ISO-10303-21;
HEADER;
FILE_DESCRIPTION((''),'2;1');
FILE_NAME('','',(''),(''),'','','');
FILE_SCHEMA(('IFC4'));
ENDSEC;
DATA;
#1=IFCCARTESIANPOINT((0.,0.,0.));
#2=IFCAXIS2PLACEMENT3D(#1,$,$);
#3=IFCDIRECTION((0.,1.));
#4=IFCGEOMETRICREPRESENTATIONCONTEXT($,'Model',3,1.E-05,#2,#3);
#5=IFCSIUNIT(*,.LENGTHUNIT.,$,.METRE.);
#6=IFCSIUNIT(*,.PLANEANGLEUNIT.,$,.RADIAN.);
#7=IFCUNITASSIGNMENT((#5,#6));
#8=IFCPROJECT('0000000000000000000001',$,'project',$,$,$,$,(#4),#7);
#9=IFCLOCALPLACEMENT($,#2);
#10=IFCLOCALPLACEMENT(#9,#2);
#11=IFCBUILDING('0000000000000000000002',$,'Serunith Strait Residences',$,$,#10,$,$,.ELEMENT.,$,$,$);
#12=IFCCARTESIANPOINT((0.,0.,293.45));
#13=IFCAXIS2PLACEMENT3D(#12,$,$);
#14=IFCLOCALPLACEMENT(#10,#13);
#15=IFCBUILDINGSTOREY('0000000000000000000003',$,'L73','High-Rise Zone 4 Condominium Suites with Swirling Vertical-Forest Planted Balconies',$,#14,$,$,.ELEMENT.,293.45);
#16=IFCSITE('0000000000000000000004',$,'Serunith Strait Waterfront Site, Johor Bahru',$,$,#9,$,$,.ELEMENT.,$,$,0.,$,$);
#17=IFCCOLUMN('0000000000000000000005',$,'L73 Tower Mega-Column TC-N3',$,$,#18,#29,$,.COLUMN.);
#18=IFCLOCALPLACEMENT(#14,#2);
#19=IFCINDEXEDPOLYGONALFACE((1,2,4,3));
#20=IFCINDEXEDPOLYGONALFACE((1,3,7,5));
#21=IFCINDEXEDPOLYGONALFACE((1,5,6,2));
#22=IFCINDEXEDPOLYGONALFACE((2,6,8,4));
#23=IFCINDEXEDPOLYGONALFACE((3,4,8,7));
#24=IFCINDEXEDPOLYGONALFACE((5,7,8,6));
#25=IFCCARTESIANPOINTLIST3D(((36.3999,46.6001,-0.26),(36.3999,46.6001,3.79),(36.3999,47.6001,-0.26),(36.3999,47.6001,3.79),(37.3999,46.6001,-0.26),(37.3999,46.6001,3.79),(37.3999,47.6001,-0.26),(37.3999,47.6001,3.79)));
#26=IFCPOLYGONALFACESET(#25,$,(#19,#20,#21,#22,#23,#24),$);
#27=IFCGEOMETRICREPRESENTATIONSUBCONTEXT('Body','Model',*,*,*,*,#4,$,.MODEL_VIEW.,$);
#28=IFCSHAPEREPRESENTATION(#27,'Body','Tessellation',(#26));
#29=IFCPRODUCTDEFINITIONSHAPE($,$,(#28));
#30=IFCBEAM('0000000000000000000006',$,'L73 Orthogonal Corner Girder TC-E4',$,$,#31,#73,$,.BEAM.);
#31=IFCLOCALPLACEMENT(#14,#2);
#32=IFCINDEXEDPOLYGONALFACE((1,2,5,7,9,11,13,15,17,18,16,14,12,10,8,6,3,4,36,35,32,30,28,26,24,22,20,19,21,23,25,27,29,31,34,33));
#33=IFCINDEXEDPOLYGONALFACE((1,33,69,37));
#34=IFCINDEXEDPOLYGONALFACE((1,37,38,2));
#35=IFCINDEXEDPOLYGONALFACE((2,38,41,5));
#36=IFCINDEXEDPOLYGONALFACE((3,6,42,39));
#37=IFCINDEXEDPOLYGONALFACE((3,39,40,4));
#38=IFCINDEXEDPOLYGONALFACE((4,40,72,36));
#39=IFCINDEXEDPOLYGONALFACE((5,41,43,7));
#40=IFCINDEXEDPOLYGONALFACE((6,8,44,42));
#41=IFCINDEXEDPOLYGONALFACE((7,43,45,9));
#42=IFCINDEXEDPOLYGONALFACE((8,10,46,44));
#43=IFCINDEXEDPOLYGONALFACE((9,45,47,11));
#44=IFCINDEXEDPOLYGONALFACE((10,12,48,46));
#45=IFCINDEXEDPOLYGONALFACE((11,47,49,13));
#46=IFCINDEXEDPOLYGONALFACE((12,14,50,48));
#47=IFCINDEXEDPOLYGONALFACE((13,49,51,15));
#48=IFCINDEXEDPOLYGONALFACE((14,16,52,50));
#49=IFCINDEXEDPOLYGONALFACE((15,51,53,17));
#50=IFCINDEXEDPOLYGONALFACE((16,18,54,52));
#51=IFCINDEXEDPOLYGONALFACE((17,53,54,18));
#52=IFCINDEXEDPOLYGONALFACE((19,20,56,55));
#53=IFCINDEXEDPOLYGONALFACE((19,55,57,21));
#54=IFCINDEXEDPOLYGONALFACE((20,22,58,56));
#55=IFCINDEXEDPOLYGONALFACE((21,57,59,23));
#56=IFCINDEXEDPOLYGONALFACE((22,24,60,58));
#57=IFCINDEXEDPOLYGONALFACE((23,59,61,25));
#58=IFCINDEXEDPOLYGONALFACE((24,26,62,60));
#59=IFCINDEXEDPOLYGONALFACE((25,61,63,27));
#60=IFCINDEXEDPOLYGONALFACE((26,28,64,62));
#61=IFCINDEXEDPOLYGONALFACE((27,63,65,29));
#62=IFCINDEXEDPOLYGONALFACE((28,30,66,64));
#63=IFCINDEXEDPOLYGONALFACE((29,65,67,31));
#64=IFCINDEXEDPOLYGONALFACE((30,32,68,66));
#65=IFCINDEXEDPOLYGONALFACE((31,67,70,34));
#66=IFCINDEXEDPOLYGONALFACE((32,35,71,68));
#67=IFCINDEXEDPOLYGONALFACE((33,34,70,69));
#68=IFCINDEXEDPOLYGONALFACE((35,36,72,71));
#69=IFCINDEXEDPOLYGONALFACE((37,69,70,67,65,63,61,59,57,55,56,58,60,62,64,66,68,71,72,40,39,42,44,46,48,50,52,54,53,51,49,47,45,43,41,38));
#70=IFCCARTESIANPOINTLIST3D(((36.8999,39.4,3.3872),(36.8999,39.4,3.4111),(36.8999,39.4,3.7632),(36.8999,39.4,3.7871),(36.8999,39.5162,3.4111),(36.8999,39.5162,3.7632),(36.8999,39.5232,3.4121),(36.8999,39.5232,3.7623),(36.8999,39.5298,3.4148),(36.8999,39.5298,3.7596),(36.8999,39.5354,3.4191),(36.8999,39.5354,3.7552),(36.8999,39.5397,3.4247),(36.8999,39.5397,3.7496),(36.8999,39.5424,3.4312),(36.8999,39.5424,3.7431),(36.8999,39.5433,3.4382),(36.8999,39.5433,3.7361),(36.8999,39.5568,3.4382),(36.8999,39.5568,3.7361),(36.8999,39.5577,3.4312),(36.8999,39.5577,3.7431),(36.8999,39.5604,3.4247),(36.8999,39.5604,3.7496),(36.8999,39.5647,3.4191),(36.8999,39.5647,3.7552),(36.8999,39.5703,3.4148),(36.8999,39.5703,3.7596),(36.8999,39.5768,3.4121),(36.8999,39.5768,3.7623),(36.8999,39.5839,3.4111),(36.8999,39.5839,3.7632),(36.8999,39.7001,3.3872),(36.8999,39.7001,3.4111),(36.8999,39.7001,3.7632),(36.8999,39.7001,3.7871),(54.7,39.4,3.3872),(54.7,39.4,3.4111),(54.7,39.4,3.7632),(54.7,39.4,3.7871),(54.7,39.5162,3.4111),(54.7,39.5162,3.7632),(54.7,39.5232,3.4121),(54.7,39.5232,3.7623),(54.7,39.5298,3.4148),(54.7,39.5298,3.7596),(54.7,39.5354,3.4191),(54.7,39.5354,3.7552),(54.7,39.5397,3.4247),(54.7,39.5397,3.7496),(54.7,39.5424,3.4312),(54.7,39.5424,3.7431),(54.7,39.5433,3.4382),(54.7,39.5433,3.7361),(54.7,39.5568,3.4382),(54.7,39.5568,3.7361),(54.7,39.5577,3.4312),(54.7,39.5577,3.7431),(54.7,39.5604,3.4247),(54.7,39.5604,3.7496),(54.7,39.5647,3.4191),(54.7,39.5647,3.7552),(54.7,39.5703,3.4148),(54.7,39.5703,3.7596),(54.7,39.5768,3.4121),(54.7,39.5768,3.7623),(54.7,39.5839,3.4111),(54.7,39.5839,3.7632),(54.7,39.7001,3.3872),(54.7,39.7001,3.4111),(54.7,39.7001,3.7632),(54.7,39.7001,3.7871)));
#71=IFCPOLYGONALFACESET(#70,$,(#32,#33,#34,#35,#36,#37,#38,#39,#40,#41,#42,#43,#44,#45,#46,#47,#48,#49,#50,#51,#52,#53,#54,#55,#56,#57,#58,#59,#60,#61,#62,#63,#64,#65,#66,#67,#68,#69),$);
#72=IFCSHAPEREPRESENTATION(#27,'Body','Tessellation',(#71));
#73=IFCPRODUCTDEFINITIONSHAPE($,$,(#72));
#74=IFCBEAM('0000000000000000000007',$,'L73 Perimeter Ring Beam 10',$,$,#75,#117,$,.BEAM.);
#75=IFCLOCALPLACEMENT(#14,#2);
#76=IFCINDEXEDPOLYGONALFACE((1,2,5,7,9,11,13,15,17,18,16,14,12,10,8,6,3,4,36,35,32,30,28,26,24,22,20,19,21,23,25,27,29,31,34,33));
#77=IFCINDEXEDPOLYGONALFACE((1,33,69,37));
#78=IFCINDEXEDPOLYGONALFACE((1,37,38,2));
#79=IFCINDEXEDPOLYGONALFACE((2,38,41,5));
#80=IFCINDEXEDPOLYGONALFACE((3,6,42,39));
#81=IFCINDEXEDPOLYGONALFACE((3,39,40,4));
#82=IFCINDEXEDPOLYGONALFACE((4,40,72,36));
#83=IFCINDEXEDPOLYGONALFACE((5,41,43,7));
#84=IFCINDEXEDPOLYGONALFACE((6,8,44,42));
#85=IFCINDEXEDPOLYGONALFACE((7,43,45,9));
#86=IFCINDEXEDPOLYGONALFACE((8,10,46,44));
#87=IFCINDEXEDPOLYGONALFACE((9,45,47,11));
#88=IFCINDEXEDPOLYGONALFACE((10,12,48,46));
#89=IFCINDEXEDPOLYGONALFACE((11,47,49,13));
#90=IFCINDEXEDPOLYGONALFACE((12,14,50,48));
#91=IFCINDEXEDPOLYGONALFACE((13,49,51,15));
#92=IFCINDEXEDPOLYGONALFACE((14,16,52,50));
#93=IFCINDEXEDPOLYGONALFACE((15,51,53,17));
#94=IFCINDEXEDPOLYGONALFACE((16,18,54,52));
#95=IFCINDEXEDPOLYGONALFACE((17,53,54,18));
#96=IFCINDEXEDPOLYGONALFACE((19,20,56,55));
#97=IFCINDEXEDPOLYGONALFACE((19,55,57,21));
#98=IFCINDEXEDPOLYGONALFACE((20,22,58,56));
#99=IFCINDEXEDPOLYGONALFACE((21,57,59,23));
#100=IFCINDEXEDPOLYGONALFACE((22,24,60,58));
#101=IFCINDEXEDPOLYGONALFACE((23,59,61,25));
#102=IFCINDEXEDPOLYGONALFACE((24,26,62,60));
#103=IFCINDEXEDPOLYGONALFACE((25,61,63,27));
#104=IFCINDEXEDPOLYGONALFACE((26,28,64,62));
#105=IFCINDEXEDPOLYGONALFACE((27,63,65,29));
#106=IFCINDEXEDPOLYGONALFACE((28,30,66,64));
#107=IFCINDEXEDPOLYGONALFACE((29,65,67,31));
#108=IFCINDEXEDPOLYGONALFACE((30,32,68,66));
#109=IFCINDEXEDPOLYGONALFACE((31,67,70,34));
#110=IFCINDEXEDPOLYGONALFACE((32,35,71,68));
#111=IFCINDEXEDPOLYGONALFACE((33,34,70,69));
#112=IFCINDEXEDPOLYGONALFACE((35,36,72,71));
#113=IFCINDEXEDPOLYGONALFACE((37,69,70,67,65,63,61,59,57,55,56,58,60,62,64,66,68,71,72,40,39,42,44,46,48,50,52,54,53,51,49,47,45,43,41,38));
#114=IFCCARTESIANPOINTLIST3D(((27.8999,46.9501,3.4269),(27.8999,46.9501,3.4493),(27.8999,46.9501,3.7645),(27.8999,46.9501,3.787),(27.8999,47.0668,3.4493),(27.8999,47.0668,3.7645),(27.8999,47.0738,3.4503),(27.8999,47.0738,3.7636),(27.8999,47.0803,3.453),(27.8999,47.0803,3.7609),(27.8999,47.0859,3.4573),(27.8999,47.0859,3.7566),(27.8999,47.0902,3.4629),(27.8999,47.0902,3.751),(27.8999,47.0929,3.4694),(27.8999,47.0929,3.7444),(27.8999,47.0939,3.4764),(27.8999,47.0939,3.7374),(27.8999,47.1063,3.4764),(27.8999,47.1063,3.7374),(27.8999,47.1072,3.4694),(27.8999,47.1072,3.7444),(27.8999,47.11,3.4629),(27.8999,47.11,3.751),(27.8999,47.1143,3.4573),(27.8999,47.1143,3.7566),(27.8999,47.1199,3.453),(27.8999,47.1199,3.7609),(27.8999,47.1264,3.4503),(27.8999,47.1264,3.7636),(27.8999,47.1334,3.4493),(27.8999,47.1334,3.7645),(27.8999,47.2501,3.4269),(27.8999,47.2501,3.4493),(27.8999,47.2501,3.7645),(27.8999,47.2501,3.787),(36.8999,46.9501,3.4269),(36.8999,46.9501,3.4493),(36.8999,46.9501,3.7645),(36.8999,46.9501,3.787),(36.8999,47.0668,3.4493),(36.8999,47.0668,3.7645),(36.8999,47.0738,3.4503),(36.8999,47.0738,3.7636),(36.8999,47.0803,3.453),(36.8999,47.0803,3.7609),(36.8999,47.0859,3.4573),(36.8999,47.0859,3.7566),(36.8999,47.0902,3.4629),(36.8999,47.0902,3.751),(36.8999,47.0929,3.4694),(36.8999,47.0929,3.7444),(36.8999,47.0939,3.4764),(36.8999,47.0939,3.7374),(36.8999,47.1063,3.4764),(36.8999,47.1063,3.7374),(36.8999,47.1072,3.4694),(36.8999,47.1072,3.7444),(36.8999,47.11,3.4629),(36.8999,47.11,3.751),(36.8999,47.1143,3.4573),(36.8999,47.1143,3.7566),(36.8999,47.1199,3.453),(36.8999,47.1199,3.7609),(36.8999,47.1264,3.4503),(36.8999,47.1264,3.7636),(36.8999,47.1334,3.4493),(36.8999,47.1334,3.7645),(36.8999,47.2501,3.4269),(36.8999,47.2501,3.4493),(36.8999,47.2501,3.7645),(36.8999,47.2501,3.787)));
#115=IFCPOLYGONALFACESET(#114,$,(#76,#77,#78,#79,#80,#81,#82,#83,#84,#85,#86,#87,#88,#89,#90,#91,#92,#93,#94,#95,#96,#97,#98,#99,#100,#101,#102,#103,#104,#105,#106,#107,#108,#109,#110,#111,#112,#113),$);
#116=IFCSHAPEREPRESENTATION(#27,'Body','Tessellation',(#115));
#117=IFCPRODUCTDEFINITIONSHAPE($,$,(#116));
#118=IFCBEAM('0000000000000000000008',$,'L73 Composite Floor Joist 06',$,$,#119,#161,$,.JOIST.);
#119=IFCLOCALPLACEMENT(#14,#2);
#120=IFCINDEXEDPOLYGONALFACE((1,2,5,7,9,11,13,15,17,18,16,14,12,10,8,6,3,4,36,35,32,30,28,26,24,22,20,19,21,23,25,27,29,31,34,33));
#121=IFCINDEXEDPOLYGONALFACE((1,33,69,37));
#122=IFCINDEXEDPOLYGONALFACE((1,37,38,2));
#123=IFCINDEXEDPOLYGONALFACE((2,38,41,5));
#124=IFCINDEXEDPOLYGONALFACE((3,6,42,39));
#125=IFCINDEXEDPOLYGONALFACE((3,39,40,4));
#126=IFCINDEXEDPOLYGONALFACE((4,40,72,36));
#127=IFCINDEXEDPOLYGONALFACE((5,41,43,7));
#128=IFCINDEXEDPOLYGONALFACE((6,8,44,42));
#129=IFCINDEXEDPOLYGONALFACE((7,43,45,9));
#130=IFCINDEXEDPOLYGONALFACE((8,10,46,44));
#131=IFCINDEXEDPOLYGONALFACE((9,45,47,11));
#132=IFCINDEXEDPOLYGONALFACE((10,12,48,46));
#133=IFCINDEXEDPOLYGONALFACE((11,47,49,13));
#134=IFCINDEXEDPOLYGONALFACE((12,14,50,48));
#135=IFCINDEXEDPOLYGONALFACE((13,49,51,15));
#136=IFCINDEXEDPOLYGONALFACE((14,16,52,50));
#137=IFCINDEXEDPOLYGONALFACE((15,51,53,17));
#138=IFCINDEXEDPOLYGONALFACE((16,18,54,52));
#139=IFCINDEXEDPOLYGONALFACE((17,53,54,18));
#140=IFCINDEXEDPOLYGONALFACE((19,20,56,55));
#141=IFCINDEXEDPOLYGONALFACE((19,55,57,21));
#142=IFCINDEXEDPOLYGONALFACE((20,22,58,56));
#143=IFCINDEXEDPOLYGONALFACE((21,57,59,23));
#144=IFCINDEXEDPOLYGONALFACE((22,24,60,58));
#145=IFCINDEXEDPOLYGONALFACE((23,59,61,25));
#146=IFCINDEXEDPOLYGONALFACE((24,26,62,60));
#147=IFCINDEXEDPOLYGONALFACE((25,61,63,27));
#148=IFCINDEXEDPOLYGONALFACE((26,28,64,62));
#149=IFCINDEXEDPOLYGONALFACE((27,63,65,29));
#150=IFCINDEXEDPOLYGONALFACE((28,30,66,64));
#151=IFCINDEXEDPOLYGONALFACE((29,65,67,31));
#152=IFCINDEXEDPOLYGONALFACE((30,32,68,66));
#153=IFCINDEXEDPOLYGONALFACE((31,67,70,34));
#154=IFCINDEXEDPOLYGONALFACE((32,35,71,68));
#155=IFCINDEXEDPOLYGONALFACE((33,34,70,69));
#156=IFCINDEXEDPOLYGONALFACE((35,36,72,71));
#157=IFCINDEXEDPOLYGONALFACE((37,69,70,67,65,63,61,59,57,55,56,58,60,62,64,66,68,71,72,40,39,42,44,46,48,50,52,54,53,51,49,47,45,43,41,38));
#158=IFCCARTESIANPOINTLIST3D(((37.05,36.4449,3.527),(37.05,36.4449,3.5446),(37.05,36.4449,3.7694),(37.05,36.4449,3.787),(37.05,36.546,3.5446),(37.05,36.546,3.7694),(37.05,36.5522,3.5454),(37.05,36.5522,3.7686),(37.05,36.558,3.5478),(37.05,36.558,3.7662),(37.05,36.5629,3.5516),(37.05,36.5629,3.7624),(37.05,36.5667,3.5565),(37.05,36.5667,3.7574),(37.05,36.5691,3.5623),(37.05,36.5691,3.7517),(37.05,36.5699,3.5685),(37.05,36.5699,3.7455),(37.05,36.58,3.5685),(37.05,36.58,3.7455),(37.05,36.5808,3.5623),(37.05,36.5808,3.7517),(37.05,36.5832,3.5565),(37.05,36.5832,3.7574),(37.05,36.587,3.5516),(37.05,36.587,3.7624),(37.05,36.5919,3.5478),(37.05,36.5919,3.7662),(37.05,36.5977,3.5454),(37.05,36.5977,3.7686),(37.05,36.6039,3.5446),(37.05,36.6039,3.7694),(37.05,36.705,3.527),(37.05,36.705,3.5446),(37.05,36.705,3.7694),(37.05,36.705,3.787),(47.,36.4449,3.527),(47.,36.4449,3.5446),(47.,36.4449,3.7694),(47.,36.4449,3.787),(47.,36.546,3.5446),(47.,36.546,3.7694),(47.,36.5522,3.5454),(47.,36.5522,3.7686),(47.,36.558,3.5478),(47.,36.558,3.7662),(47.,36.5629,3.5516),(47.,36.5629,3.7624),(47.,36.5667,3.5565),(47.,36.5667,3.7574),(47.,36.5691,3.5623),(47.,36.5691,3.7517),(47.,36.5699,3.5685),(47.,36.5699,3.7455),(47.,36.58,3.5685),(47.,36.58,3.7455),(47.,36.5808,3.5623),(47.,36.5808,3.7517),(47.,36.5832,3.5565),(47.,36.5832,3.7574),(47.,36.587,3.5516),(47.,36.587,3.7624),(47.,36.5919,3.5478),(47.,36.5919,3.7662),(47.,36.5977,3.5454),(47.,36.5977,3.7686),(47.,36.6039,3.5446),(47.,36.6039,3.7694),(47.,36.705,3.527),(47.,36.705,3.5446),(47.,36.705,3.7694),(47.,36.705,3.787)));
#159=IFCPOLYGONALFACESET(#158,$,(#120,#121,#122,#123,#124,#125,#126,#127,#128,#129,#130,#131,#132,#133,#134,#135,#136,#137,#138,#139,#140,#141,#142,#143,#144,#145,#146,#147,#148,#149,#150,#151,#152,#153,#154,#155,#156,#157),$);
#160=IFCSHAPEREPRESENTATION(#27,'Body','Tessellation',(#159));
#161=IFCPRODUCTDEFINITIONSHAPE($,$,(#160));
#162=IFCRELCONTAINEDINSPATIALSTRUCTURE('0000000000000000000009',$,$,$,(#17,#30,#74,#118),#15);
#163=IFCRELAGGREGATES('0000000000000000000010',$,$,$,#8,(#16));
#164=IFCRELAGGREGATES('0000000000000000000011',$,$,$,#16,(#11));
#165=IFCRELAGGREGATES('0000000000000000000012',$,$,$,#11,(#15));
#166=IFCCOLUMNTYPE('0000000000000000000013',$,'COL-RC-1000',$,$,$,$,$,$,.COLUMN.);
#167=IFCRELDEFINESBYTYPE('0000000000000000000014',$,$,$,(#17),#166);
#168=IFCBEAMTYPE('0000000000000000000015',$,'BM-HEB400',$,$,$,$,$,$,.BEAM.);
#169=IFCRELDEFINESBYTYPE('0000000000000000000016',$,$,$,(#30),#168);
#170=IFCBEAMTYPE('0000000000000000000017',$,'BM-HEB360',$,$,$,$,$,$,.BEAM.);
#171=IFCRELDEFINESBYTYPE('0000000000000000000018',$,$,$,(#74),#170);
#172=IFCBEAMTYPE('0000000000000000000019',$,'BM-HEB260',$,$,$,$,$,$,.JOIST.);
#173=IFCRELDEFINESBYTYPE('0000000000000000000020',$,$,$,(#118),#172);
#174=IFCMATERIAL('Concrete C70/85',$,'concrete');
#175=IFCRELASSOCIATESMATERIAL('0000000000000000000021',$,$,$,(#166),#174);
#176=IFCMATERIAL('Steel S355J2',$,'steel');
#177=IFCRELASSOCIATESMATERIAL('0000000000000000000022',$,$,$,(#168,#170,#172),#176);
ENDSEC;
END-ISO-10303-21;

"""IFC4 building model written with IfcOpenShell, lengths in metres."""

from ifc_helpers import new_model, si_unit, direction, frame, origin, origin_2d, place, context, subcontext, project, spatial, rectangle, i_section, extrude, source, transform, mapped, material, material_profile, profile_set, type_object, element, save


model = new_model("IFC4")

# Units and contexts
model_context = context("Model", 3, precision=1e-05, world=origin(), true_north=direction((0.0, 1.0)))
body_context = subcontext(model_context, "Body", "Model", "MODEL_VIEW")
ifc_project = project(units=[si_unit("LENGTHUNIT", "METRE"), si_unit("PLANEANGLEUNIT", "RADIAN")], contexts=[model_context])

# Site, building, storey
site_placement = place(None, origin())
site = spatial("IfcSite", under=ifc_project, at=site_placement, Name="Serunith Strait Waterfront Site, Johor Bahru", CompositionType="ELEMENT", RefElevation=0.0)
building_placement = place(site_placement, origin())
building = spatial("IfcBuilding", under=site, at=building_placement, Name="Serunith Strait Residences", CompositionType="ELEMENT")
storey_placement = place(building_placement, frame((0.0, 0.0, 293.45)))
storey = spatial("IfcBuildingStorey", under=building, at=storey_placement, Name="L73", Description="High-Rise Zone 4 Condominium Suites with Swirling Vertical-Forest Planted Balconies", CompositionType="ELEMENT", Elevation=293.45)

# Column
ifc_material_1 = material(Name="Concrete C70/85", Category="concrete")
ifc_material_profile_1 = material_profile(ifc_material_1, rectangle(XDim=1.0, YDim=1.0, at=origin_2d()), Name="RC 1000x1000")
ifc_profile_set_1 = profile_set([ifc_material_profile_1], Name="Concrete C70/85")
column_type = type_object("IfcColumnType", Name="COL-RC-1000", PredefinedType="COLUMN", material=ifc_profile_set_1)
shared_shape_1 = source(origin(), body_context, "Body", "SweptSolid", [
    extrude(rectangle(XDim=1.0, YDim=1.0, at=origin_2d()), origin(), (0.0, 0.0, 1.0), 4.05),
])
column_placement = place(storey_placement, frame((36.8999, 47.1001, -0.26), z_axis=(0.0, 0.0, 1.0), x_axis=(1.0, 0.0, 0.0)))
element("IfcColumn", 1, at=column_placement, inside=storey, type_object=column_type, Name="L73 Tower Mega-Column TC-N3", PredefinedType="COLUMN", context=body_context, shape_type="MappedRepresentation", body=[
    mapped(shared_shape_1, transform((0.0, 0.0, 0.0), scale=1.0)),
])

# Beams
ifc_material_2 = material(Name="Steel S355J2", Category="steel")
ifc_material_profile_2 = material_profile(ifc_material_2, i_section(OverallWidth=0.3, OverallDepth=0.3999, WebThickness=0.0134, FlangeThickness=0.0239, FilletRadius=0.0271, at=origin_2d()), Name="HEB 400")
ifc_profile_set_2 = profile_set([ifc_material_profile_2], Name="Steel S355J2")
beam_type_1 = type_object("IfcBeamType", Name="BM-HEB400", PredefinedType="BEAM", material=ifc_profile_set_2)
shared_shape_2 = source(origin(), body_context, "Body", "SweptSolid", [
    extrude(i_section(OverallWidth=0.3, OverallDepth=0.3999, WebThickness=0.0134, FlangeThickness=0.0239, FilletRadius=0.0271, at=origin_2d()), origin(), (0.0, 0.0, 1.0), 17.8),
])
beam_1_placement = place(storey_placement, frame((36.8999, 39.55, 3.5872), z_axis=(1.0, 0.0, 0.0), x_axis=(0.0, 1.0, 0.0)))
element("IfcBeam", 2, at=beam_1_placement, inside=storey, type_object=beam_type_1, Name="L73 Orthogonal Corner Girder TC-E4", PredefinedType="BEAM", context=body_context, shape_type="MappedRepresentation", body=[
    mapped(shared_shape_2, transform((0.0, 0.0, 0.0), scale=1.0)),
])
ifc_material_profile_3 = material_profile(ifc_material_2, i_section(OverallWidth=0.3, OverallDepth=0.3601, WebThickness=0.0125, FlangeThickness=0.0225, FilletRadius=0.0271, at=origin_2d()), Name="HEB 360")
ifc_profile_set_3 = profile_set([ifc_material_profile_3], Name="Steel S355J2")
beam_type_2 = type_object("IfcBeamType", Name="BM-HEB360", PredefinedType="BEAM", material=ifc_profile_set_3)
shared_shape_3 = source(origin(), body_context, "Body", "SweptSolid", [
    extrude(i_section(OverallWidth=0.3, OverallDepth=0.3601, WebThickness=0.0125, FlangeThickness=0.0225, FilletRadius=0.0271, at=origin_2d()), origin(), (0.0, 0.0, 1.0), 9.0),
])
beam_2_placement = place(storey_placement, frame((36.8999, 47.1001, 3.6069), z_axis=(-1.0, 0.0, 0.0), x_axis=(0.0, -1.0, 0.0)))
element("IfcBeam", 3, at=beam_2_placement, inside=storey, type_object=beam_type_2, Name="L73 Perimeter Ring Beam 10", PredefinedType="BEAM", context=body_context, shape_type="MappedRepresentation", body=[
    mapped(shared_shape_3, transform((0.0, 0.0, 0.0), scale=1.0)),
])
ifc_material_profile_4 = material_profile(ifc_material_2, i_section(OverallWidth=0.26, OverallDepth=0.26, WebThickness=0.01, FlangeThickness=0.0176, FilletRadius=0.0239, at=origin_2d()), Name="HEB 260")
ifc_profile_set_4 = profile_set([ifc_material_profile_4], Name="Steel S355J2")
beam_type_3 = type_object("IfcBeamType", Name="BM-HEB260", PredefinedType="JOIST", material=ifc_profile_set_4)
shared_shape_4 = source(origin(), body_context, "Body", "SweptSolid", [
    extrude(i_section(OverallWidth=0.26, OverallDepth=0.26, WebThickness=0.01, FlangeThickness=0.0176, FilletRadius=0.0239, at=origin_2d()), origin(), (0.0, 0.0, 1.0), 9.95),
])
beam_3_placement = place(storey_placement, frame((37.05, 36.575, 3.657), z_axis=(1.0, 0.0, 0.0), x_axis=(0.0, 1.0, 0.0)))
element("IfcBeam", 4, at=beam_3_placement, inside=storey, type_object=beam_type_3, Name="L73 Composite Floor Joist 06", PredefinedType="JOIST", context=body_context, shape_type="MappedRepresentation", body=[
    mapped(shared_shape_4, transform((0.0, 0.0, 0.0), scale=1.0)),
])

save(model, "model.ifc")
